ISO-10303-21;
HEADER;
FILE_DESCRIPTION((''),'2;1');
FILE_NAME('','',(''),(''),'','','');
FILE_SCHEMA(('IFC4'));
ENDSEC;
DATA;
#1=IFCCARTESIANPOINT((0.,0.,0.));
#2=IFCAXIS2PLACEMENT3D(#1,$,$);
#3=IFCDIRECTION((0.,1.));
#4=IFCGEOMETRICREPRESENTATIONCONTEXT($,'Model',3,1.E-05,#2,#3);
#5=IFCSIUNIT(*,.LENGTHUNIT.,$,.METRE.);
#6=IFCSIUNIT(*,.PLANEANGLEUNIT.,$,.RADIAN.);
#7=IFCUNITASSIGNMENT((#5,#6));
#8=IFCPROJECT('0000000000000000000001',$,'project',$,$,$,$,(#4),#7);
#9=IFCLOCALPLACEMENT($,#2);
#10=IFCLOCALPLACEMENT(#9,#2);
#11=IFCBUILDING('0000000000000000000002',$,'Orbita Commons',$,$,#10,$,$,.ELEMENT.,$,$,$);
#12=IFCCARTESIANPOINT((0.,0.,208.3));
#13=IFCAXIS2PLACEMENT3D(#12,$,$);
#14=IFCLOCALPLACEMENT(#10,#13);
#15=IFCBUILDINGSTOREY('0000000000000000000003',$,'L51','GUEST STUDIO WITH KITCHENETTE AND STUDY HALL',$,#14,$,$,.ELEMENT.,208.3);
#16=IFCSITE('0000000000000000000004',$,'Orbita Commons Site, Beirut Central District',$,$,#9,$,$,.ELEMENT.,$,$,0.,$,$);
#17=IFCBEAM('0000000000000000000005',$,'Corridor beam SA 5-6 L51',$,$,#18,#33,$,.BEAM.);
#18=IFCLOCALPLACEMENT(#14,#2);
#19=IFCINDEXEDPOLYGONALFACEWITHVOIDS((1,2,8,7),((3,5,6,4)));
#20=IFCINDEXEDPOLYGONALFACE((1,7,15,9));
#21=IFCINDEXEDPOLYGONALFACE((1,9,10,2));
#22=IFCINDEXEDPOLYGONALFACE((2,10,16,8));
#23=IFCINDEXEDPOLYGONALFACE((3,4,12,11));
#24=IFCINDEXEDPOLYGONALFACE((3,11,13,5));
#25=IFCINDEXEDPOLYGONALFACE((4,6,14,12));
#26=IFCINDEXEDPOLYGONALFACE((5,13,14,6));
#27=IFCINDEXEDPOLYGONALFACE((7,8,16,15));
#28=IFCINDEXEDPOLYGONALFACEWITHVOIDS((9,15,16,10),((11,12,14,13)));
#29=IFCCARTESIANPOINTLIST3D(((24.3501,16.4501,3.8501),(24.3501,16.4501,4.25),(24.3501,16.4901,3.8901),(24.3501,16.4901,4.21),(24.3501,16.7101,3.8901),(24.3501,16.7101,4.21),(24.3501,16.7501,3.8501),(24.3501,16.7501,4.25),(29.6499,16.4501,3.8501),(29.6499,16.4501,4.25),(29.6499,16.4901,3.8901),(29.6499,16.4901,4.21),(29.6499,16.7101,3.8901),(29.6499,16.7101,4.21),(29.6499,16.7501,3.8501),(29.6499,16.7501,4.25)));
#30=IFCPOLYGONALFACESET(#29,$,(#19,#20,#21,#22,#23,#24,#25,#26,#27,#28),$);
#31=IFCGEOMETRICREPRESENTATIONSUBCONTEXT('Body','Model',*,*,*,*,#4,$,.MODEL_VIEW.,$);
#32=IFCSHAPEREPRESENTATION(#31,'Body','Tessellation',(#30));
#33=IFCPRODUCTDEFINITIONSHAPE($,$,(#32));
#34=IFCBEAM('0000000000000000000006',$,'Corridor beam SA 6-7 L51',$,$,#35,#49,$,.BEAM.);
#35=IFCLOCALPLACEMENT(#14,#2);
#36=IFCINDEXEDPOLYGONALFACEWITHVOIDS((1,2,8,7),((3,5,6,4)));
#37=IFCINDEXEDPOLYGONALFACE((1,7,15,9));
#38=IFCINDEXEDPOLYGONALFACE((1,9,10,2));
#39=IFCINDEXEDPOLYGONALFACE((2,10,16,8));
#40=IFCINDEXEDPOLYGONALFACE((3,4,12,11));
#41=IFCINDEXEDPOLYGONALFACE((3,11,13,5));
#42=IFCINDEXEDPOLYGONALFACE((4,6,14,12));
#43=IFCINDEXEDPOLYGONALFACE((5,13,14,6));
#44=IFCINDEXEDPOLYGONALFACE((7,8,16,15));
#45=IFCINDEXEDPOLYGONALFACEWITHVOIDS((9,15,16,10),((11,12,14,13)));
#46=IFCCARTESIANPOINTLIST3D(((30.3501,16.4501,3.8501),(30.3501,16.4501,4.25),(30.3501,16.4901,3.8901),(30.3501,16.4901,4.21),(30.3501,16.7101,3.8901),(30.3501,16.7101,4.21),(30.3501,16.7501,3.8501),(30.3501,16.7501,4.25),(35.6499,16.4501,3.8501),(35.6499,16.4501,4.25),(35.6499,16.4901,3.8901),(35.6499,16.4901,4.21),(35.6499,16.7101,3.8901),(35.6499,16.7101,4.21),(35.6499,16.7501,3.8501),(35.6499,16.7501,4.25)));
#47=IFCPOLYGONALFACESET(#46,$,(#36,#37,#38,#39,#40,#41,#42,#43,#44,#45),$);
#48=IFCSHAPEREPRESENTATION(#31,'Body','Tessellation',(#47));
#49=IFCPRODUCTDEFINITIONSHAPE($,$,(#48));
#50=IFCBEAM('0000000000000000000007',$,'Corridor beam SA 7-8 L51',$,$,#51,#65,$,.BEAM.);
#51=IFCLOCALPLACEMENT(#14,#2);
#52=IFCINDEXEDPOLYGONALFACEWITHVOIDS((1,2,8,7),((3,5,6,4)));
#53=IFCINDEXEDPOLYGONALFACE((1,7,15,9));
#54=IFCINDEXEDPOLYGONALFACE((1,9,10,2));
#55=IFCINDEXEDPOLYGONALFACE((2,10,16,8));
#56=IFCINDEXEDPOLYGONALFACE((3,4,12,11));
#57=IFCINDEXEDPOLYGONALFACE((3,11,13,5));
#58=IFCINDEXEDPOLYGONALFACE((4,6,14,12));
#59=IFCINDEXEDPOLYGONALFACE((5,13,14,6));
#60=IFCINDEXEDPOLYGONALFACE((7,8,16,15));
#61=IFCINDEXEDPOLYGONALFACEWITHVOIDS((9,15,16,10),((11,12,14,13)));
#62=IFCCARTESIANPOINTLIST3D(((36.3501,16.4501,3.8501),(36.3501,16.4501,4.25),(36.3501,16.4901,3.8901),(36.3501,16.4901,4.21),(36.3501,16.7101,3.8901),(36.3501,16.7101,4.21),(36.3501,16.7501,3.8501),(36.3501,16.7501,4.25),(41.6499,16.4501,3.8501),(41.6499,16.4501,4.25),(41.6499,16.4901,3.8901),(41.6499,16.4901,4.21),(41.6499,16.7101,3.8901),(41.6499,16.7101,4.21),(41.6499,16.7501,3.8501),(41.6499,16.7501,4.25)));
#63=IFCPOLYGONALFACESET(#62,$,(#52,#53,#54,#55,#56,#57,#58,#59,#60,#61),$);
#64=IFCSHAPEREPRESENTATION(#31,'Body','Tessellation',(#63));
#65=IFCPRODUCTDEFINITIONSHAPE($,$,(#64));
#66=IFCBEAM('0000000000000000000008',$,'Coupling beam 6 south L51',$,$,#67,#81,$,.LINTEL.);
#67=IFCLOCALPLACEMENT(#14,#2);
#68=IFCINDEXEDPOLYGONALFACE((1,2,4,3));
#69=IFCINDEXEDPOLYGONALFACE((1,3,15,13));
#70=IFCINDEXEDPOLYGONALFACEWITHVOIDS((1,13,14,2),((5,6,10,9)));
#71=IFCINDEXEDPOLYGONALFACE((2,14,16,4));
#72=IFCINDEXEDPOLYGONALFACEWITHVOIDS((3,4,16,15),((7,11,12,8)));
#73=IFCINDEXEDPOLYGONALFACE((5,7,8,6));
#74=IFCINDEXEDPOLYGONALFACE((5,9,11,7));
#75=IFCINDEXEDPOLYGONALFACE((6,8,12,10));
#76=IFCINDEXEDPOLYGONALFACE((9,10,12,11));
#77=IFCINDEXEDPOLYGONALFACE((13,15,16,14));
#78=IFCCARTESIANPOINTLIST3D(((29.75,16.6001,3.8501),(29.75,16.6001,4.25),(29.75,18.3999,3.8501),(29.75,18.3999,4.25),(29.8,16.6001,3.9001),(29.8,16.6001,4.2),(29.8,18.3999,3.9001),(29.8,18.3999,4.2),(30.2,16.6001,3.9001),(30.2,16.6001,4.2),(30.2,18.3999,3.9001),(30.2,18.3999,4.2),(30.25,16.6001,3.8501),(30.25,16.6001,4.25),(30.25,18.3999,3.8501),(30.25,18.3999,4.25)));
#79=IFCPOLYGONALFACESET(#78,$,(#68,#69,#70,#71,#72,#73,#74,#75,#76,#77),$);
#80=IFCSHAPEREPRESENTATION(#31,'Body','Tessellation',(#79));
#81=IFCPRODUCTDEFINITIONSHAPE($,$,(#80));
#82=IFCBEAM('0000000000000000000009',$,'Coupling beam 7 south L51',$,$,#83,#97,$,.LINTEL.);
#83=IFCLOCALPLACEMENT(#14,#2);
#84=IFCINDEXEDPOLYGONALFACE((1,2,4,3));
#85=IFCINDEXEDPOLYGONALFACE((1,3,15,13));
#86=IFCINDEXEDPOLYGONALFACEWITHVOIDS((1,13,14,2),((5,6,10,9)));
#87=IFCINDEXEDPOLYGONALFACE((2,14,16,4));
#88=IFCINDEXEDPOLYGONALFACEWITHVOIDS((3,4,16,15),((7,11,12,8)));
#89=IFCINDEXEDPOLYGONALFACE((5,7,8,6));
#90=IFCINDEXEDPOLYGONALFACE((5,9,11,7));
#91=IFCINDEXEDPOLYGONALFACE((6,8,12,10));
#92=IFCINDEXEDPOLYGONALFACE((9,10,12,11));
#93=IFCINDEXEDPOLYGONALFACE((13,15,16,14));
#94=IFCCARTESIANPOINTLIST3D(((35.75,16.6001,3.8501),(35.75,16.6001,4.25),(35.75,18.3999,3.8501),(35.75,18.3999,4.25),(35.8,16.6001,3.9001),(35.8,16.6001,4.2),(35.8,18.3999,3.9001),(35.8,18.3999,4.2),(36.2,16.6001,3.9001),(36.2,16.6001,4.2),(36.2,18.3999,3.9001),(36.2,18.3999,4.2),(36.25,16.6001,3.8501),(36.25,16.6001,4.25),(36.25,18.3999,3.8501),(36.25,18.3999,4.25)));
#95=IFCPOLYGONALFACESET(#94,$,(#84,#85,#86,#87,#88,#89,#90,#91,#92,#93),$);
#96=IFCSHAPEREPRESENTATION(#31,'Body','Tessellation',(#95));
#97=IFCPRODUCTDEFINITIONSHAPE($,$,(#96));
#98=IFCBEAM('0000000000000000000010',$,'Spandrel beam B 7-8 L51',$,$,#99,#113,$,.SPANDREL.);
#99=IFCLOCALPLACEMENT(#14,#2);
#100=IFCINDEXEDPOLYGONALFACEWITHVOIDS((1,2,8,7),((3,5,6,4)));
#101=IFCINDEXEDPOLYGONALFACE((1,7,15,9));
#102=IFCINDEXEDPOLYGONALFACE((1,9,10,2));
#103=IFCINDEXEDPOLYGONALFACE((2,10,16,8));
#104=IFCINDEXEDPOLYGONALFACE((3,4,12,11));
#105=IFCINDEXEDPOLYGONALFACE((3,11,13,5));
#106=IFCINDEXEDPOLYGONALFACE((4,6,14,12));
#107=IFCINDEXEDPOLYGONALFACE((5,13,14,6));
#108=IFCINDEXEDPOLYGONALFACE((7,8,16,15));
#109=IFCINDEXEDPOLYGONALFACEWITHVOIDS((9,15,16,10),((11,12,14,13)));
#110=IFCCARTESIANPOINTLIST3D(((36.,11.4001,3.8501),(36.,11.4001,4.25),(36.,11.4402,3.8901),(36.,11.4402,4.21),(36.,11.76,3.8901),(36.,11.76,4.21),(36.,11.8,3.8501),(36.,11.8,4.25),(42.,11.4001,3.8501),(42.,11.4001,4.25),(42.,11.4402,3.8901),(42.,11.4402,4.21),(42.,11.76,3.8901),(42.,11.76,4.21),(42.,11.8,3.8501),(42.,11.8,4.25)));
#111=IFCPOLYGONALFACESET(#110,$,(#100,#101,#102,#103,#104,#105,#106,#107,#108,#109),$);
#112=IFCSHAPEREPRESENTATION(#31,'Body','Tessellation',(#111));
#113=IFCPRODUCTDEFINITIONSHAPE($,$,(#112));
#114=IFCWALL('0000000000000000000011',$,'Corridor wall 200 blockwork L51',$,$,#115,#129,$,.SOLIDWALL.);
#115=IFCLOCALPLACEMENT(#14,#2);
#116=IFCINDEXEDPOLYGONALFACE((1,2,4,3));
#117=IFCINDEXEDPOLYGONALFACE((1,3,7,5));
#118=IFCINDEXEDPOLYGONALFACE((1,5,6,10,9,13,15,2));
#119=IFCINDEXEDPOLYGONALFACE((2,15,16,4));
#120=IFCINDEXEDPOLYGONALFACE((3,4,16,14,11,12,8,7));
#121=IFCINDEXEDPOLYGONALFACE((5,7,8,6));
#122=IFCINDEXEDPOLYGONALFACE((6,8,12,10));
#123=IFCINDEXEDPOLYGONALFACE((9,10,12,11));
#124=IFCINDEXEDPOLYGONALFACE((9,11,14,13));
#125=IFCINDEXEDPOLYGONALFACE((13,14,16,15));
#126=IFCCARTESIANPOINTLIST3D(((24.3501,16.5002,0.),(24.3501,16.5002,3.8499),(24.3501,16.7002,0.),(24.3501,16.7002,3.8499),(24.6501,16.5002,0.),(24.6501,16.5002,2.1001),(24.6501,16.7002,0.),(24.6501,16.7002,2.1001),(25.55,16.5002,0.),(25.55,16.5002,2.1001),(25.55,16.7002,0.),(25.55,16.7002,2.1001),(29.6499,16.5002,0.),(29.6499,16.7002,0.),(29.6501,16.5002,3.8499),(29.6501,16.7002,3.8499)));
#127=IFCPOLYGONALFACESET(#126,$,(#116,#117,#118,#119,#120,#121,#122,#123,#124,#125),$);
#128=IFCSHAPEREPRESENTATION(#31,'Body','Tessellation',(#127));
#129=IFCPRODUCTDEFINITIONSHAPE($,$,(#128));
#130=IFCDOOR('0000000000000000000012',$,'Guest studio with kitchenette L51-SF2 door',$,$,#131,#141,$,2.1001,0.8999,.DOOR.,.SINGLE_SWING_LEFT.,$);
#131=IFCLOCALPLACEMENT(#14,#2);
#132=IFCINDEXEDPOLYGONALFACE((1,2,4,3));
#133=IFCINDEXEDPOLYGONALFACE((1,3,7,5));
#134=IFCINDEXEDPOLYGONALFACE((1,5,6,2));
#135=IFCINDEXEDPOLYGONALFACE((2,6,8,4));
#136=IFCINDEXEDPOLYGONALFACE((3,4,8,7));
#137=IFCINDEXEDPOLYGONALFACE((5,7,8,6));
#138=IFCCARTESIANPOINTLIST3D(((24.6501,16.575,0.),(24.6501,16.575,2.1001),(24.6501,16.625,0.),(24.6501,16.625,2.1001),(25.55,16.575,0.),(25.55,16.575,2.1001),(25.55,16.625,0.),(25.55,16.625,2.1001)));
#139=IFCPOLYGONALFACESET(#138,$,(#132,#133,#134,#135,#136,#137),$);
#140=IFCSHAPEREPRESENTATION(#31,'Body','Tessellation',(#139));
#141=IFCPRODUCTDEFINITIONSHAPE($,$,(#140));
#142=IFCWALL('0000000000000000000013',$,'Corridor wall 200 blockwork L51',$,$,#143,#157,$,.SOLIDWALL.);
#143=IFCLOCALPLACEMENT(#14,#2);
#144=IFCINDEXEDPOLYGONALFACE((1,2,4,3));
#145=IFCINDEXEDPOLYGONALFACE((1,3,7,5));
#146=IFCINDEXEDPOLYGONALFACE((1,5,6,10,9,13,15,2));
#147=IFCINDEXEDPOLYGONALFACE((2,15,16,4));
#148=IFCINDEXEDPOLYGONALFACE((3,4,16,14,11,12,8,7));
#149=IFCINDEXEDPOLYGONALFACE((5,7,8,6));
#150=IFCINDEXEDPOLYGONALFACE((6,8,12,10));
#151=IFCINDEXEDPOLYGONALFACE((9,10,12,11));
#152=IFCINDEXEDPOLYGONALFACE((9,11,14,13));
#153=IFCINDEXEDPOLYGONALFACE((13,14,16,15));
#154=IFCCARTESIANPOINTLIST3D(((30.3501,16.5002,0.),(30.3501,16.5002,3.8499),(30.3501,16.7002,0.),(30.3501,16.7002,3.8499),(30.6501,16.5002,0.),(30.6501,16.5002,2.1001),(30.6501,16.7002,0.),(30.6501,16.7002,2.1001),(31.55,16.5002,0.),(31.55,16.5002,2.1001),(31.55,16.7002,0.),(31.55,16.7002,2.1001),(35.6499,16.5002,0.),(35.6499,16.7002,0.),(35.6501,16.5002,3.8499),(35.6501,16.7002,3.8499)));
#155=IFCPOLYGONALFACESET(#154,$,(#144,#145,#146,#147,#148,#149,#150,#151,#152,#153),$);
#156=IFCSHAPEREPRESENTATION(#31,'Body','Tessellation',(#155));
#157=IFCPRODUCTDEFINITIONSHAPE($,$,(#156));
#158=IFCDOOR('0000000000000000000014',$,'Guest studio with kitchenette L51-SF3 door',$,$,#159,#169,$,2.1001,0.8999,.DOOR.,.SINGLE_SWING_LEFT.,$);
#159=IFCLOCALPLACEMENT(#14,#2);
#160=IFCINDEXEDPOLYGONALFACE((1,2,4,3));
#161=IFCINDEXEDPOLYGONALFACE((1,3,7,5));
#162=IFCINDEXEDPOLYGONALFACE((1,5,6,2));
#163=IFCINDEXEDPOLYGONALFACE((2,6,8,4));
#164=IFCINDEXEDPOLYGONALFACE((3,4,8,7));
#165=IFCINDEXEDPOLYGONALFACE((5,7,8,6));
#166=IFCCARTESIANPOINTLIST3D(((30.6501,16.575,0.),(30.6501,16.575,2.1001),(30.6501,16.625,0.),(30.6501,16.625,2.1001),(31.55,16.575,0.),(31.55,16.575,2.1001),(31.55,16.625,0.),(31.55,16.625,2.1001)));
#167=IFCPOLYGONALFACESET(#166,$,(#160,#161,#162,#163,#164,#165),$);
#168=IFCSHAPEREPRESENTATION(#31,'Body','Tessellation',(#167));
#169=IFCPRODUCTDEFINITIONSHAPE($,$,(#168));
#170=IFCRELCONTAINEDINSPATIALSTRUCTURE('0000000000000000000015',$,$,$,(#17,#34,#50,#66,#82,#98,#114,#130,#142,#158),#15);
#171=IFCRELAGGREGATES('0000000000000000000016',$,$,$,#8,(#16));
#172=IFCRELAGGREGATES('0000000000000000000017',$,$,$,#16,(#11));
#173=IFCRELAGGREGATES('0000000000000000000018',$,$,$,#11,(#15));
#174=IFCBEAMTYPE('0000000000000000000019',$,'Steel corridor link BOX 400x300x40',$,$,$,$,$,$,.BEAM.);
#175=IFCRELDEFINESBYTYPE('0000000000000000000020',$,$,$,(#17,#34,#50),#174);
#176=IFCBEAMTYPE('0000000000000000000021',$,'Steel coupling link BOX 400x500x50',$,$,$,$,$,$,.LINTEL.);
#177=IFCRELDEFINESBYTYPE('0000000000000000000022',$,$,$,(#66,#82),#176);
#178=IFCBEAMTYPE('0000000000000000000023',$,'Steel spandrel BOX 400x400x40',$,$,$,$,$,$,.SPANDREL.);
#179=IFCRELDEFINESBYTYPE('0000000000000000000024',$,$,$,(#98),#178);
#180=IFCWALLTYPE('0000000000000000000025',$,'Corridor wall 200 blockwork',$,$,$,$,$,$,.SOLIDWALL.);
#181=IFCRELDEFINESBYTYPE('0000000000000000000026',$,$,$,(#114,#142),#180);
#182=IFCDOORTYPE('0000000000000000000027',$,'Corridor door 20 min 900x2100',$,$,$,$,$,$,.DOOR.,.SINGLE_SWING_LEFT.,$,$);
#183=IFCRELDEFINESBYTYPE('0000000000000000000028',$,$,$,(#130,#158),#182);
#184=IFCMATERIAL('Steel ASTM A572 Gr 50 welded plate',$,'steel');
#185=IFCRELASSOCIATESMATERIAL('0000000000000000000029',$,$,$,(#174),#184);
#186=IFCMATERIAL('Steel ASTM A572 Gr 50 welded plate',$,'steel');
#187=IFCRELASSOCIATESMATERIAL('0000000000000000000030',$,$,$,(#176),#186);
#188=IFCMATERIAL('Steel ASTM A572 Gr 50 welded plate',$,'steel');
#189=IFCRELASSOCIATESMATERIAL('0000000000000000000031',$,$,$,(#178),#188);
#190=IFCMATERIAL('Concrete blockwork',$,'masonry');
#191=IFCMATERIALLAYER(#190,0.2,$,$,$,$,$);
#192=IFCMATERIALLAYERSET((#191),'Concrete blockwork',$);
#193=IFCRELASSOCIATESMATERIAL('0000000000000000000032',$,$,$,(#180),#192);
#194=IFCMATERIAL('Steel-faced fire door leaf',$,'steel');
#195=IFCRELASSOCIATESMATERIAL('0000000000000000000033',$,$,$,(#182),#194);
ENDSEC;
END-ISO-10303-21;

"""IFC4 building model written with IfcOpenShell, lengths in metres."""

from ifc_helpers import new_model, si_unit, direction, frame, frame_2d, origin, origin_2d, place, context, subcontext, project, spatial, polyline, rectangle, hollow_rectangle, outline, extrude, material, layer, layer_set, material_profile, profile_set, type_object, element, fill, save


model = new_model("IFC4")

# Units and contexts
model_context = context("Model", 3, precision=1e-05, world=origin(), true_north=direction((0.0, 1.0)))
body_context = subcontext(model_context, "Body", "Model", "MODEL_VIEW")
ifc_project = project(units=[si_unit("LENGTHUNIT", "METRE"), si_unit("PLANEANGLEUNIT", "RADIAN")], contexts=[model_context])

# Site, building, storey
site_placement = place(None, origin())
site = spatial("IfcSite", under=ifc_project, at=site_placement, Name="Orbita Commons Site, Beirut Central District", CompositionType="ELEMENT", RefElevation=0.0)
building_placement = place(site_placement, origin())
building = spatial("IfcBuilding", under=site, at=building_placement, Name="Orbita Commons", CompositionType="ELEMENT")
storey_placement = place(building_placement, frame((0.0, 0.0, 208.3)))
storey = spatial("IfcBuildingStorey", under=building, at=storey_placement, Name="L51", Description="GUEST STUDIO WITH KITCHENETTE AND STUDY HALL", CompositionType="ELEMENT", Elevation=208.3)

# Beams
ifc_material_1 = material(Name="Steel ASTM A572 Gr 50 welded plate", Category="steel")
ifc_material_profile_1 = material_profile(ifc_material_1, hollow_rectangle(XDim=0.3, YDim=0.3999, WallThickness=0.04, at=origin_2d()), Name="BOX 400x300x40")
ifc_profile_set_1 = profile_set([ifc_material_profile_1], Name="Steel ASTM A572 Gr 50 welded plate")
beam_type_1 = type_object("IfcBeamType", Name="Steel corridor link BOX 400x300x40", PredefinedType="BEAM", material=ifc_profile_set_1)
for number, where, z_axis, x_axis, name in (
    (1, (24.3501, 16.6001, 4.05), (1.0, 0.0, 0.0), (0.0, 1.0, 0.0), "Corridor beam SA 5-6 L51"),
    (2, (30.3501, 16.6001, 4.05), (1.0, 0.0, 0.0), (0.0, 1.0, 0.0), "Corridor beam SA 6-7 L51"),
    (3, (36.3501, 16.6001, 4.05), (1.0, 0.0, 0.0), (0.0, 1.0, 0.0), "Corridor beam SA 7-8 L51"),
):
    element("IfcBeam", number, at=place(storey_placement, frame(where, z_axis=z_axis, x_axis=x_axis)), inside=storey, type_object=beam_type_1, Name=name, PredefinedType="BEAM", context=body_context, shape_type="SweptSolid", body=[
        extrude(hollow_rectangle(XDim=0.3, YDim=0.3999, WallThickness=0.04, at=origin_2d()), origin(), (0.0, 0.0, 1.0), 5.2998),
    ])
ifc_material_2 = material(Name="Steel ASTM A572 Gr 50 welded plate", Category="steel")
ifc_material_profile_2 = material_profile(ifc_material_2, hollow_rectangle(XDim=0.5, YDim=0.3999, WallThickness=0.05, at=origin_2d()), Name="BOX 400x500x50")
ifc_profile_set_2 = profile_set([ifc_material_profile_2], Name="Steel ASTM A572 Gr 50 welded plate")
beam_type_2 = type_object("IfcBeamType", Name="Steel coupling link BOX 400x500x50", PredefinedType="LINTEL", material=ifc_profile_set_2)
for number, where, z_axis, x_axis, name in (
    (4, (30.0, 16.6001, 4.05), (0.0, 1.0, 0.0), (-1.0, 0.0, 0.0), "Coupling beam 6 south L51"),
    (5, (36.0, 16.6001, 4.05), (0.0, 1.0, 0.0), (-1.0, 0.0, 0.0), "Coupling beam 7 south L51"),
):
    element("IfcBeam", number, at=place(storey_placement, frame(where, z_axis=z_axis, x_axis=x_axis)), inside=storey, type_object=beam_type_2, Name=name, PredefinedType="LINTEL", context=body_context, shape_type="SweptSolid", body=[
        extrude(hollow_rectangle(XDim=0.5, YDim=0.3999, WallThickness=0.05, at=origin_2d()), origin(), (0.0, 0.0, 1.0), 1.7998),
    ])
ifc_material_3 = material(Name="Steel ASTM A572 Gr 50 welded plate", Category="steel")
ifc_material_profile_3 = material_profile(ifc_material_3, hollow_rectangle(XDim=0.3999, YDim=0.3999, WallThickness=0.04, at=origin_2d()), Name="BOX 400x400x40")
ifc_profile_set_3 = profile_set([ifc_material_profile_3], Name="Steel ASTM A572 Gr 50 welded plate")
beam_type_3 = type_object("IfcBeamType", Name="Steel spandrel BOX 400x400x40", PredefinedType="SPANDREL", material=ifc_profile_set_3)
beam_placement = place(storey_placement, frame((36.0, 11.6001, 4.05), z_axis=(1.0, 0.0, 0.0), x_axis=(0.0, 1.0, 0.0)))
element("IfcBeam", 6, at=beam_placement, inside=storey, type_object=beam_type_3, Name="Spandrel beam B 7-8 L51", PredefinedType="SPANDREL", context=body_context, shape_type="SweptSolid", body=[
    extrude(hollow_rectangle(XDim=0.3999, YDim=0.3999, WallThickness=0.04, at=origin_2d()), origin(), (0.0, 0.0, 1.0), 6.0),
])

# Walls, openings, doors
ifc_material_4 = material(Name="Concrete blockwork", Category="masonry")
ifc_layer_1 = layer(ifc_material_4, 0.2)
ifc_layer_set_1 = layer_set([ifc_layer_1], Name="Concrete blockwork")
wall_type_1 = type_object("IfcWallType", Name="Corridor wall 200 blockwork", PredefinedType="SOLIDWALL", material=ifc_layer_set_1)
wall_1_placement = place(storey_placement, frame((24.3501, 16.6001, 0.0), z_axis=(0.0, 0.0, 1.0), x_axis=(1.0, 0.0, 0.0)))
wall_1 = element("IfcWall", 7, at=wall_1_placement, inside=storey, type_object=wall_type_1, Name="Corridor wall 200 blockwork L51", PredefinedType="SOLIDWALL", context=body_context, shape_type="SweptSolid", body=[
    extrude(outline(polyline([(0.0, 0.0), (5.2998, 0.0), (5.3, 3.8499), (0.0, 3.8499), (0.0, 0.0)])), frame((0.0, 0.1001, 0.0), z_axis=(0.0, -1.0, 0.0), x_axis=(1.0, 0.0, 0.0)), (0.0, 0.0, 1.0), 0.2),
])
opening_1_placement = place(wall_1_placement, frame((0.3, 0.0, 0.0)))
opening_1 = element("IfcOpeningElement", 8, at=opening_1_placement, cuts=wall_1, PredefinedType="OPENING", context=body_context, shape_type="SweptSolid", body=[
    extrude(rectangle(XDim=0.8999, YDim=2.1001, at=frame_2d((0.45, 1.05))), frame((0.0, 0.1099, 0.0), z_axis=(0.0, -1.0, 0.0), x_axis=(1.0, 0.0, 0.0)), (0.0, 0.0, 1.0), 0.22),
])
ifc_material_5 = material(Name="Steel-faced fire door leaf", Category="steel")
door_type_1 = type_object("IfcDoorType", Name="Corridor door 20 min 900x2100", OperationType="SINGLE_SWING_LEFT", PredefinedType="DOOR", material=ifc_material_5)
door_1_placement = place(opening_1_placement, origin())
door_1 = element("IfcDoor", 9, at=door_1_placement, inside=storey, type_object=door_type_1, Name="Guest studio with kitchenette L51-SF2 door", OperationType="SINGLE_SWING_LEFT", OverallHeight=2.1001, OverallWidth=0.8999, PredefinedType="DOOR", context=body_context, shape_type="SweptSolid", body=[
    extrude(rectangle(XDim=0.8999, YDim=2.1001, at=frame_2d((0.45, 1.05))), frame((0.0, 0.0249, 0.0), z_axis=(0.0, -1.0, 0.0), x_axis=(1.0, 0.0, 0.0)), (0.0, 0.0, 1.0), 0.05),
])
fill(opening_1, door_1)
wall_2_placement = place(storey_placement, frame((30.3501, 16.6001, 0.0), z_axis=(0.0, 0.0, 1.0), x_axis=(1.0, 0.0, 0.0)))
wall_2 = element("IfcWall", 10, at=wall_2_placement, inside=storey, type_object=wall_type_1, Name="Corridor wall 200 blockwork L51", PredefinedType="SOLIDWALL", context=body_context, shape_type="SweptSolid", body=[
    extrude(outline(polyline([(0.0, 0.0), (5.2998, 0.0), (5.3, 3.8499), (0.0, 3.8499), (0.0, 0.0)])), frame((0.0, 0.1001, 0.0), z_axis=(0.0, -1.0, 0.0), x_axis=(1.0, 0.0, 0.0)), (0.0, 0.0, 1.0), 0.2),
])
opening_2_placement = place(wall_2_placement, frame((0.3, 0.0, 0.0)))
opening_2 = element("IfcOpeningElement", 11, at=opening_2_placement, cuts=wall_2, PredefinedType="OPENING", context=body_context, shape_type="SweptSolid", body=[
    extrude(rectangle(XDim=0.8999, YDim=2.1001, at=frame_2d((0.45, 1.05))), frame((0.0, 0.1099, 0.0), z_axis=(0.0, -1.0, 0.0), x_axis=(1.0, 0.0, 0.0)), (0.0, 0.0, 1.0), 0.22),
])
door_2_placement = place(opening_2_placement, origin())
door_2 = element("IfcDoor", 12, at=door_2_placement, inside=storey, type_object=door_type_1, Name="Guest studio with kitchenette L51-SF3 door", OperationType="SINGLE_SWING_LEFT", OverallHeight=2.1001, OverallWidth=0.8999, PredefinedType="DOOR", context=body_context, shape_type="SweptSolid", body=[
    extrude(rectangle(XDim=0.8999, YDim=2.1001, at=frame_2d((0.45, 1.05))), frame((0.0, 0.0249, 0.0), z_axis=(0.0, -1.0, 0.0), x_axis=(1.0, 0.0, 0.0)), (0.0, 0.0, 1.0), 0.05),
])
fill(opening_2, door_2)

save(model, "model.ifc")
